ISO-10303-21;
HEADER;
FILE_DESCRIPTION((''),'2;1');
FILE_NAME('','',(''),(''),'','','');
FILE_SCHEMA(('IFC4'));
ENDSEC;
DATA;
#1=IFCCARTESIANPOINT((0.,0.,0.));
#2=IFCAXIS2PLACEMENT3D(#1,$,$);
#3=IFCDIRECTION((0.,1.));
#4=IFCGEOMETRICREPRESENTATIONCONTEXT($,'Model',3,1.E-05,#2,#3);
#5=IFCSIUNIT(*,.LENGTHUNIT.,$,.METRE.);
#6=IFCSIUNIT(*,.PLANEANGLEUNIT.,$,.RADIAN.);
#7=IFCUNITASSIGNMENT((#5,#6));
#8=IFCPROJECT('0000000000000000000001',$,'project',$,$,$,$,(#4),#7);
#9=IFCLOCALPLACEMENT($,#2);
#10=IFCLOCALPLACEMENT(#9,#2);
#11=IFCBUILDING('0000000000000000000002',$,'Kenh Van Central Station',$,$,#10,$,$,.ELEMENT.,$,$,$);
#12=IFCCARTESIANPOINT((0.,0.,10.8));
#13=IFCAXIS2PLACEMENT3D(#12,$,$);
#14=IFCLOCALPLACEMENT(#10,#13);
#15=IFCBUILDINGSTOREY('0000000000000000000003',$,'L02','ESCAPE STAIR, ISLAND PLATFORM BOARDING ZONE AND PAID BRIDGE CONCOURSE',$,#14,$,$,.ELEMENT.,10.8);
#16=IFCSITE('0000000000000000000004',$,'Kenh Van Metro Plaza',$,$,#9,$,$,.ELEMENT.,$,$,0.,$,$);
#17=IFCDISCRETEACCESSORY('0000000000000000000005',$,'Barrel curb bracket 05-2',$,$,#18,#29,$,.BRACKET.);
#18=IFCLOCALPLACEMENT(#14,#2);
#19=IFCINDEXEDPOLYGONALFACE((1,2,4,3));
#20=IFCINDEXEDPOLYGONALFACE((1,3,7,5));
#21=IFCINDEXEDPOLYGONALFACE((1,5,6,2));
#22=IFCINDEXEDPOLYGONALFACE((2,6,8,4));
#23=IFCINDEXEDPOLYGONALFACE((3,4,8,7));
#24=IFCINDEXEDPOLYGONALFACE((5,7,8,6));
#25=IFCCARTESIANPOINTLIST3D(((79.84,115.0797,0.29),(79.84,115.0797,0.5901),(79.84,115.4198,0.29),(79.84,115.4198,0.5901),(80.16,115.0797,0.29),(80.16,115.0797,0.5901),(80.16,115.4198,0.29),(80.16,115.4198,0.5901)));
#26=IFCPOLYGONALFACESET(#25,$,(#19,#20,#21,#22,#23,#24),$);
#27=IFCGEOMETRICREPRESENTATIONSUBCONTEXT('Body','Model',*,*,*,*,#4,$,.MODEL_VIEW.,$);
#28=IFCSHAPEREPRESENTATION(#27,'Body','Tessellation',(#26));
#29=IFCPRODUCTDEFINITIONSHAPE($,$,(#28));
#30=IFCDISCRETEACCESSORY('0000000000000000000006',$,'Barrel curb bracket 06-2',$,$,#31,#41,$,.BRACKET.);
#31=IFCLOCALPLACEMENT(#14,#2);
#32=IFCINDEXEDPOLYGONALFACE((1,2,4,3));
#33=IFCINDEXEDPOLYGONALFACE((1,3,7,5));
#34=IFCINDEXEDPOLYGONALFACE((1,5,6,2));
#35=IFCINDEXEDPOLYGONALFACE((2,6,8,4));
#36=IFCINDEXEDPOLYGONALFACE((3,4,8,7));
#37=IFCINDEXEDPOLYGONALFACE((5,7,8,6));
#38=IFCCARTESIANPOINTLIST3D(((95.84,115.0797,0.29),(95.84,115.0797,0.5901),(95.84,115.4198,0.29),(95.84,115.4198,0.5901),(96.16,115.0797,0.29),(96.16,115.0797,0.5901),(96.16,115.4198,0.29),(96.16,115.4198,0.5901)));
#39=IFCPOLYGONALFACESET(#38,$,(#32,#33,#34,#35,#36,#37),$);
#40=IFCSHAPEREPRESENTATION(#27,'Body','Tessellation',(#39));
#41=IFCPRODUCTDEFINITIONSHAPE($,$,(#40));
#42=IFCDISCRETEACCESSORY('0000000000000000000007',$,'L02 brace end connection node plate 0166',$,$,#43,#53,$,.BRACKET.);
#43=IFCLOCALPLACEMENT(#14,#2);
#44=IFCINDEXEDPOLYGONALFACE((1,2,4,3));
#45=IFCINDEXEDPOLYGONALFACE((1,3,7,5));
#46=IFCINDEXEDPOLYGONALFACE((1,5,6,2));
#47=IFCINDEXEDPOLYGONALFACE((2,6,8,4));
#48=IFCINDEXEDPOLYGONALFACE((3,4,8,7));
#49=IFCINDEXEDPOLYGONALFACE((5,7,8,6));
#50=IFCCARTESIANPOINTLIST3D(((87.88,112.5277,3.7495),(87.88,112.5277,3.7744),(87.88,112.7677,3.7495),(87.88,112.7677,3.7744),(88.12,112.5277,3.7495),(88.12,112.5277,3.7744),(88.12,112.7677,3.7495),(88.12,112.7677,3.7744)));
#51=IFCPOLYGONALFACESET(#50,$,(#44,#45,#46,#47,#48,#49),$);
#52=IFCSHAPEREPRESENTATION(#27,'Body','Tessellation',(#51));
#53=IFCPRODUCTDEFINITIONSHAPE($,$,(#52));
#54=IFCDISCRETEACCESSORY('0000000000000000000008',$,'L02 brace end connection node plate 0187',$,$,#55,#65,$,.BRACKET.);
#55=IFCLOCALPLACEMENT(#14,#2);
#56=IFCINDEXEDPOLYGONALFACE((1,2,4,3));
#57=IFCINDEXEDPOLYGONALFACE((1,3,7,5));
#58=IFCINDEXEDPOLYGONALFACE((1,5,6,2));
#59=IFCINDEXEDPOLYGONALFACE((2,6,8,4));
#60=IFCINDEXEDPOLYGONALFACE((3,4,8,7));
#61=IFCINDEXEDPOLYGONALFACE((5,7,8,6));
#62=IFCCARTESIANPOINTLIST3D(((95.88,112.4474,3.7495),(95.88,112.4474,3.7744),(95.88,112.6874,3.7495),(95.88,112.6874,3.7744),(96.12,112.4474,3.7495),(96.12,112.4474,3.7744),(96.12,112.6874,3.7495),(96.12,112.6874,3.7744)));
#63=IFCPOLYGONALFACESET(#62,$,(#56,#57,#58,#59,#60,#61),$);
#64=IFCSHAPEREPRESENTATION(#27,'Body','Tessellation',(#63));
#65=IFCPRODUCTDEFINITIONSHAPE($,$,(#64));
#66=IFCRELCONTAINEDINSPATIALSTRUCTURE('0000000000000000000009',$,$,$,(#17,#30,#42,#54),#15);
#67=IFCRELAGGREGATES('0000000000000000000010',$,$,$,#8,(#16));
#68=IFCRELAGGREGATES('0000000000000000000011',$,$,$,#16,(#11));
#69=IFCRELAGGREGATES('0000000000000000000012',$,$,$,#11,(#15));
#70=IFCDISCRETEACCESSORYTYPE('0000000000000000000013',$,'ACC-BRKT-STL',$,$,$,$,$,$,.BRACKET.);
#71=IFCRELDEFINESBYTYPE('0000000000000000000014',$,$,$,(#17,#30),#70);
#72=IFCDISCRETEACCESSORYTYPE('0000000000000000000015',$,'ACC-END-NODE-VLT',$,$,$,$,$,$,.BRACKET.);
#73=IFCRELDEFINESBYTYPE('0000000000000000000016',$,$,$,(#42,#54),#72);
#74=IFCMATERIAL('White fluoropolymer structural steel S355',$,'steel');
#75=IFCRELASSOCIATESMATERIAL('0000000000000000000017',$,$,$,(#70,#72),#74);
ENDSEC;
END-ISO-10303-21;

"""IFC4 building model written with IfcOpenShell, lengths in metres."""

from ifc_helpers import new_model, si_unit, direction, frame, origin, origin_2d, place, context, subcontext, project, spatial, rectangle, extrude, material, type_object, element, save


model = new_model("IFC4")

# Units and contexts
model_context = context("Model", 3, precision=1e-05, world=origin(), true_north=direction((0.0, 1.0)))
body_context = subcontext(model_context, "Body", "Model", "MODEL_VIEW")
ifc_project = project(units=[si_unit("LENGTHUNIT", "METRE"), si_unit("PLANEANGLEUNIT", "RADIAN")], contexts=[model_context])

# Site, building, storey
site_placement = place(None, origin())
site = spatial("IfcSite", under=ifc_project, at=site_placement, Name="Kenh Van Metro Plaza", CompositionType="ELEMENT", RefElevation=0.0)
building_placement = place(site_placement, origin())
building = spatial("IfcBuilding", under=site, at=building_placement, Name="Kenh Van Central Station", CompositionType="ELEMENT")
storey_placement = place(building_placement, frame((0.0, 0.0, 10.8)))
storey = spatial("IfcBuildingStorey", under=building, at=storey_placement, Name="L02", Description="ESCAPE STAIR, ISLAND PLATFORM BOARDING ZONE AND PAID BRIDGE CONCOURSE", CompositionType="ELEMENT", Elevation=10.8)

# Shared definitions
ifc_material_1 = material(Name="White fluoropolymer structural steel S355", Category="steel")

# Discrete accessories
discrete_accessory_type_1 = type_object("IfcDiscreteAccessoryType", Name="ACC-BRKT-STL", PredefinedType="BRACKET", material=ifc_material_1)
for number, where, z_axis, x_axis, name in (
    (1, (80.0, 115.2498, 0.29), (0.0, 0.0, 1.0), (1.0, 0.0, 0.0), "Barrel curb bracket 05-2"),
    (2, (96.0, 115.2498, 0.29), (0.0, 0.0, 1.0), (1.0, 0.0, 0.0), "Barrel curb bracket 06-2"),
):
    element("IfcDiscreteAccessory", number, at=place(storey_placement, frame(where, z_axis=z_axis, x_axis=x_axis)), inside=storey, type_object=discrete_accessory_type_1, Name=name, PredefinedType="BRACKET", context=body_context, shape_type="SweptSolid", body=[
        extrude(rectangle(XDim=0.3201, YDim=0.3401, at=origin_2d()), origin(), (0.0, 0.0, 1.0), 0.3),
    ])
discrete_accessory_type_2 = type_object("IfcDiscreteAccessoryType", Name="ACC-END-NODE-VLT", PredefinedType="BRACKET", material=ifc_material_1)
for number, where, z_axis, x_axis, name in (
    (3, (88.0, 112.6477, 3.7495), (0.0, 0.0, 1.0), (1.0, 0.0, 0.0), "L02 brace end connection node plate 0166"),
    (4, (96.0, 112.5674, 3.7495), (0.0, 0.0, 1.0), (1.0, 0.0, 0.0), "L02 brace end connection node plate 0187"),
):
    element("IfcDiscreteAccessory", number, at=place(storey_placement, frame(where, z_axis=z_axis, x_axis=x_axis)), inside=storey, type_object=discrete_accessory_type_2, Name=name, PredefinedType="BRACKET", context=body_context, shape_type="SweptSolid", body=[
        extrude(rectangle(XDim=0.24, YDim=0.24, at=origin_2d()), origin(), (0.0, 0.0, 1.0), 0.0249),
    ])

save(model, "model.ifc")
